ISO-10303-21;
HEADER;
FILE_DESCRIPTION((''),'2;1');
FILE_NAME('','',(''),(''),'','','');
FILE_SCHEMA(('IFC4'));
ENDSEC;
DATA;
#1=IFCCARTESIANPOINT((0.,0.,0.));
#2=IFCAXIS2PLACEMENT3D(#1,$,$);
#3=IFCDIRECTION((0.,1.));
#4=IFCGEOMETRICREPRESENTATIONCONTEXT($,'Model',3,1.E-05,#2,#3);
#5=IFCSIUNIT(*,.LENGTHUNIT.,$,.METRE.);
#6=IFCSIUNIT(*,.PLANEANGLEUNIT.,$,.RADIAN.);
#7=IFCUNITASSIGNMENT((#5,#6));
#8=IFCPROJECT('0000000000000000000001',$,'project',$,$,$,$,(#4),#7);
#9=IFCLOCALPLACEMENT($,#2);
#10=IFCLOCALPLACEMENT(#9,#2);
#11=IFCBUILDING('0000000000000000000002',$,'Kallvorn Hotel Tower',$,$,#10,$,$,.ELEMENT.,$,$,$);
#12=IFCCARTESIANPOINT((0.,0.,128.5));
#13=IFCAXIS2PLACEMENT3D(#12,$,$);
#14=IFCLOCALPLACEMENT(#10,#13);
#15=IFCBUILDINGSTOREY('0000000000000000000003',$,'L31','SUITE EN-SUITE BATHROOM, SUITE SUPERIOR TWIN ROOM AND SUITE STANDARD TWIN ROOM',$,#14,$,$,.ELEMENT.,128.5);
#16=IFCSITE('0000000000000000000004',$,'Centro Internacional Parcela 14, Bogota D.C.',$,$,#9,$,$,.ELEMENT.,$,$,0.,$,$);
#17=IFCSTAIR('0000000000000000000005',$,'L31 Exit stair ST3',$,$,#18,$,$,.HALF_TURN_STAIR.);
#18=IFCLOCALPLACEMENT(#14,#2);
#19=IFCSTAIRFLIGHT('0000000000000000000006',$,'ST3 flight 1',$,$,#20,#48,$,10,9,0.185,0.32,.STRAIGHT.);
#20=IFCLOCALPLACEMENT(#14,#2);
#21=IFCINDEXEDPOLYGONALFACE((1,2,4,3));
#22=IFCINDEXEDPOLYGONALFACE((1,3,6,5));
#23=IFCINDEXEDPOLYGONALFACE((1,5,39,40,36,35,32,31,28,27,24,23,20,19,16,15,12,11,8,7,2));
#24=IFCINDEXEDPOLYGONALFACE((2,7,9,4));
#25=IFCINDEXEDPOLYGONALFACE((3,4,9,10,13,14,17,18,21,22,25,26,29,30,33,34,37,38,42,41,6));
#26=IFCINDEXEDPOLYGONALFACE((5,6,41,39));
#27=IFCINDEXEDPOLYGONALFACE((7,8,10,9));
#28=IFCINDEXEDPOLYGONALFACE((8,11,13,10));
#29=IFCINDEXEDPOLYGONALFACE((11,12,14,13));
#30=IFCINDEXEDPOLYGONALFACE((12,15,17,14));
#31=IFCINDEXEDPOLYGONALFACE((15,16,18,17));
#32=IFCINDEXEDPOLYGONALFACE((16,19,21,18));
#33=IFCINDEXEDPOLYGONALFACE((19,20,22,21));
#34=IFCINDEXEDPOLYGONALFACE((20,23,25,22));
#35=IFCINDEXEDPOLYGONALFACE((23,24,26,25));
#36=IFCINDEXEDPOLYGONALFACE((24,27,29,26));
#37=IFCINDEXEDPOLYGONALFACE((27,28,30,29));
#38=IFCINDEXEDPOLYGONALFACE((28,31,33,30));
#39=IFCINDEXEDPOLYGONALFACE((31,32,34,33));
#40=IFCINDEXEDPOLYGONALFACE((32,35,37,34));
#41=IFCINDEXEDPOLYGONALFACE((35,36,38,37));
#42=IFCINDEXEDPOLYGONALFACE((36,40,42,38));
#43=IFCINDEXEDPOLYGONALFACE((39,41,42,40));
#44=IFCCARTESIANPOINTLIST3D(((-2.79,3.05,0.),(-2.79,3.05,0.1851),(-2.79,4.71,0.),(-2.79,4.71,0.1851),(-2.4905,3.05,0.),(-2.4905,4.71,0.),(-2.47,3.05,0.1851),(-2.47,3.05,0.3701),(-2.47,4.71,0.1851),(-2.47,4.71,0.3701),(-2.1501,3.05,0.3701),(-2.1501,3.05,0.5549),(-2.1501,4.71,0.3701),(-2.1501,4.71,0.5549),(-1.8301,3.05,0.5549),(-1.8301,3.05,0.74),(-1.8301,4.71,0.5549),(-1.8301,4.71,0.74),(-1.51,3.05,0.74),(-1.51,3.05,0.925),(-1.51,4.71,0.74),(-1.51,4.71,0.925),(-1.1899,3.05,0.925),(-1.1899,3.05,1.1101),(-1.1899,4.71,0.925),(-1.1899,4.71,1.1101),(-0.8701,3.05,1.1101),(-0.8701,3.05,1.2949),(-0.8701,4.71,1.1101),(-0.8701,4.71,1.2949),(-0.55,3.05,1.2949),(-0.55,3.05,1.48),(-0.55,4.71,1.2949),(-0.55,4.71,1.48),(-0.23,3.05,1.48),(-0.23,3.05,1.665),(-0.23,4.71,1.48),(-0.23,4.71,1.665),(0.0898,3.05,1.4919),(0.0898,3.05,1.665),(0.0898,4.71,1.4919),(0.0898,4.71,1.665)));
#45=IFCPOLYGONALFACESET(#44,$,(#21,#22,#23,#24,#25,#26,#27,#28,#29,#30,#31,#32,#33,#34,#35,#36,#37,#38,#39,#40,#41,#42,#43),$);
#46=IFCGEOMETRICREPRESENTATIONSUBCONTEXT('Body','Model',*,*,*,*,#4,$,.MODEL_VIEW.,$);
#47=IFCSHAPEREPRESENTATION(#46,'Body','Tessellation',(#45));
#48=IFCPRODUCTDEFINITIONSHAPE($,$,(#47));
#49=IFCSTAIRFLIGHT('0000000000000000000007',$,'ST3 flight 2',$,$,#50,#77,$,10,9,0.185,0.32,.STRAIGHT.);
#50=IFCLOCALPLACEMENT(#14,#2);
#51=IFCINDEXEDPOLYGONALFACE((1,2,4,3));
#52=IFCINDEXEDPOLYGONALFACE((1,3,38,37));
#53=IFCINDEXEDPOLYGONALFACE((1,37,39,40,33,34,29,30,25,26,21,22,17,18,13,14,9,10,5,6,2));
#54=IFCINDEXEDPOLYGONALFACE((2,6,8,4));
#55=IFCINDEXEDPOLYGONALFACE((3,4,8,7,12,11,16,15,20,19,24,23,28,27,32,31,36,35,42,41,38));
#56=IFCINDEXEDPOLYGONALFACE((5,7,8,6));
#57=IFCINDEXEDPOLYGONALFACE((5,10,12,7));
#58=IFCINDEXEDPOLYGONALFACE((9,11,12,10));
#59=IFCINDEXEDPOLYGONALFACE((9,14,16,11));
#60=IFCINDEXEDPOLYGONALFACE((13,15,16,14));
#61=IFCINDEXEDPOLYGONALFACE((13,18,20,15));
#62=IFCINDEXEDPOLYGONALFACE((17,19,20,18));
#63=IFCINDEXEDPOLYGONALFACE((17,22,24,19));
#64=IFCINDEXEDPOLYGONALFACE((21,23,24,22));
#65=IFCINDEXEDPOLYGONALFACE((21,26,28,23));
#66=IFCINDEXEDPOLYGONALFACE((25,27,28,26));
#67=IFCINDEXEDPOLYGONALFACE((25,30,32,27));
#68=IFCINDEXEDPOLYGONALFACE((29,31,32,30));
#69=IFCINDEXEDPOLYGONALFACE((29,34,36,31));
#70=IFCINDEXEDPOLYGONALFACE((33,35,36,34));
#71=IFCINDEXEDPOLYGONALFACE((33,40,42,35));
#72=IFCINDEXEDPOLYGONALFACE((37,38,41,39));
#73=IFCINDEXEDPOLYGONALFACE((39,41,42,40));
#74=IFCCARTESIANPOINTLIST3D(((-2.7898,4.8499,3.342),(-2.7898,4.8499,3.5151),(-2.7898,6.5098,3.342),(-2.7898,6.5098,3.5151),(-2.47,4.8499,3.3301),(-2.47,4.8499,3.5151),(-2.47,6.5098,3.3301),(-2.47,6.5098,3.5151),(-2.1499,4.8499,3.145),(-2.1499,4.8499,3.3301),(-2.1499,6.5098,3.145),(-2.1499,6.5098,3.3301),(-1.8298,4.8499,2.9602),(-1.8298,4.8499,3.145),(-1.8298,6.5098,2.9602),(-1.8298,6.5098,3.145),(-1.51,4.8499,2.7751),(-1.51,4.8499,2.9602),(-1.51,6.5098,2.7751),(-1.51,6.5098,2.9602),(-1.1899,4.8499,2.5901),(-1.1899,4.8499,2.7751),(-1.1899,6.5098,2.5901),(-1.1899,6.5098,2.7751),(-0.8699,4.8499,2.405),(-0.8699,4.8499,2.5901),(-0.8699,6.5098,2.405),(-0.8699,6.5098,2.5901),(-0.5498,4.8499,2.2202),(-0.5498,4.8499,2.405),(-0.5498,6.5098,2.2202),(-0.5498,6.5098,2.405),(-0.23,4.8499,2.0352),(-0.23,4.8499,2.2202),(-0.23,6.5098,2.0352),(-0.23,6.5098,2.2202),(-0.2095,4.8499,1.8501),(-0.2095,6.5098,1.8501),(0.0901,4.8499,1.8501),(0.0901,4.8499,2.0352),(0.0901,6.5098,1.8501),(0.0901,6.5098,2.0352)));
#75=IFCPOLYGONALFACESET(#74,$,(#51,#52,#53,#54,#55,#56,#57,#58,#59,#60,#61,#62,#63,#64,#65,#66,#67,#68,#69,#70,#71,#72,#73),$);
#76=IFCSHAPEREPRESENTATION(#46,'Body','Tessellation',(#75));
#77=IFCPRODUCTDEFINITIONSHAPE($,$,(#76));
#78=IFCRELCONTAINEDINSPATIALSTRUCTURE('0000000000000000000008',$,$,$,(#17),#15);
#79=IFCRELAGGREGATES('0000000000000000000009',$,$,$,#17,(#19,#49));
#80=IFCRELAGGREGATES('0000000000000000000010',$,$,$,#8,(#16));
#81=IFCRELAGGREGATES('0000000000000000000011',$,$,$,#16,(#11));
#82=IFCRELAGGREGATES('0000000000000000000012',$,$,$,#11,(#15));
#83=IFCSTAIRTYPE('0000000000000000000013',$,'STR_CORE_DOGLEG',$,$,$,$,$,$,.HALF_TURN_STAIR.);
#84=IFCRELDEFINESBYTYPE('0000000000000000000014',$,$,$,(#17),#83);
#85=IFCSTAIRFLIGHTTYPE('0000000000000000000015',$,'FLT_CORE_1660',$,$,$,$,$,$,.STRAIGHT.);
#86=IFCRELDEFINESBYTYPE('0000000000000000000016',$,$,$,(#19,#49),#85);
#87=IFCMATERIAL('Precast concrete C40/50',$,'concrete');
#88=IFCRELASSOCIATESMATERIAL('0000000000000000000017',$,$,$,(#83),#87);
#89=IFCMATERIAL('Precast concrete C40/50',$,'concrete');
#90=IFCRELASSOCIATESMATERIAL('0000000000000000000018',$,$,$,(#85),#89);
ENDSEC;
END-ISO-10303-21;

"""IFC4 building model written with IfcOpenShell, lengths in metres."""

from ifc_helpers import new_model, si_unit, direction, frame, origin, place, context, subcontext, project, spatial, polyline, outline, extrude, material, type_object, element, aggregate, save


model = new_model("IFC4")

# Units and contexts
model_context = context("Model", 3, precision=1e-05, world=origin(), true_north=direction((0.0, 1.0)))
body_context = subcontext(model_context, "Body", "Model", "MODEL_VIEW")
ifc_project = project(units=[si_unit("LENGTHUNIT", "METRE"), si_unit("PLANEANGLEUNIT", "RADIAN")], contexts=[model_context])

# Site, building, storey
site_placement = place(None, origin())
site = spatial("IfcSite", under=ifc_project, at=site_placement, Name="Centro Internacional Parcela 14, Bogota D.C.", CompositionType="ELEMENT", RefElevation=0.0)
building_placement = place(site_placement, origin())
building = spatial("IfcBuilding", under=site, at=building_placement, Name="Kallvorn Hotel Tower", CompositionType="ELEMENT")
storey_placement = place(building_placement, frame((0.0, 0.0, 128.5)))
storey = spatial("IfcBuildingStorey", under=building, at=storey_placement, Name="L31", Description="SUITE EN-SUITE BATHROOM, SUITE SUPERIOR TWIN ROOM AND SUITE STANDARD TWIN ROOM", CompositionType="ELEMENT", Elevation=128.5)

# Stair, stair flights
ifc_material_1 = material(Name="Precast concrete C40/50", Category="concrete")
stair_type = type_object("IfcStairType", Name="STR_CORE_DOGLEG", PredefinedType="HALF_TURN_STAIR", material=ifc_material_1)
stair_placement = place(storey_placement, origin())
stair = element("IfcStair", 1, at=stair_placement, inside=storey, type_object=stair_type, Name="L31 Exit stair ST3", PredefinedType="HALF_TURN_STAIR")
ifc_material_2 = material(Name="Precast concrete C40/50", Category="concrete")
stair_flight_type = type_object("IfcStairFlightType", Name="FLT_CORE_1660", PredefinedType="STRAIGHT", material=ifc_material_2)
stair_flight_1_placement = place(storey_placement, frame((-2.79, 3.8799, 0.0), z_axis=(0.0, 0.0, 1.0), x_axis=(1.0, 0.0, 0.0)))
stair_flight_1 = element("IfcStairFlight", 2, at=stair_flight_1_placement, type_object=stair_flight_type, Name="ST3 flight 1", NumberOfRisers=10, NumberOfTreads=9, PredefinedType="STRAIGHT", RiserHeight=0.185, TreadLength=0.32, context=body_context, shape_type="SweptSolid", body=[
    extrude(outline(polyline([(0.0, 0.0), (0.0, 0.1851), (0.3201, 0.1851), (0.3201, 0.3701), (0.6399, 0.3701), (0.6399, 0.5549), (0.96, 0.5549), (0.96, 0.74), (1.28, 0.74), (1.28, 0.925), (1.6001, 0.925), (1.6001, 1.1101), (1.9199, 1.1101), (1.9199, 1.2949), (2.24, 1.2949), (2.24, 1.48), (2.5601, 1.48), (2.5601, 1.665), (2.8799, 1.665), (2.8799, 1.8501), (2.8799, 1.4919), (0.2996, 0.0), (0.0, 0.0)])), frame((0.0, 0.8301, 0.0), z_axis=(0.0, -1.0, 0.0), x_axis=(1.0, 0.0, 0.0)), (0.0, 0.0, 1.0), 1.6599),
])
stair_flight_2_placement = place(storey_placement, frame((0.0901, 5.6799, 1.8501), z_axis=(0.0, 0.0, 1.0), x_axis=(-1.0, 0.0, 0.0)))
stair_flight_2 = element("IfcStairFlight", 3, at=stair_flight_2_placement, type_object=stair_flight_type, Name="ST3 flight 2", NumberOfRisers=10, NumberOfTreads=9, PredefinedType="STRAIGHT", RiserHeight=0.185, TreadLength=0.32, context=body_context, shape_type="SweptSolid", body=[
    extrude(outline(polyline([(0.0, 0.0), (0.0, 0.1851), (0.3201, 0.1851), (0.3201, 0.3701), (0.6399, 0.3701), (0.6399, 0.5549), (0.96, 0.5549), (0.96, 0.74), (1.28, 0.74), (1.28, 0.925), (1.6001, 0.925), (1.6001, 1.1101), (1.9199, 1.1101), (1.9199, 1.2949), (2.24, 1.2949), (2.24, 1.48), (2.5601, 1.48), (2.5601, 1.665), (2.8799, 1.665), (2.8799, 1.8501), (2.8799, 1.4919), (0.2996, 0.0), (0.0, 0.0)])), frame((0.0, 0.8301, 0.0), z_axis=(0.0, -1.0, 0.0), x_axis=(1.0, 0.0, 0.0)), (0.0, 0.0, 1.0), 1.6599),
])
aggregate(stair, [stair_flight_1, stair_flight_2])

save(model, "model.ifc")
